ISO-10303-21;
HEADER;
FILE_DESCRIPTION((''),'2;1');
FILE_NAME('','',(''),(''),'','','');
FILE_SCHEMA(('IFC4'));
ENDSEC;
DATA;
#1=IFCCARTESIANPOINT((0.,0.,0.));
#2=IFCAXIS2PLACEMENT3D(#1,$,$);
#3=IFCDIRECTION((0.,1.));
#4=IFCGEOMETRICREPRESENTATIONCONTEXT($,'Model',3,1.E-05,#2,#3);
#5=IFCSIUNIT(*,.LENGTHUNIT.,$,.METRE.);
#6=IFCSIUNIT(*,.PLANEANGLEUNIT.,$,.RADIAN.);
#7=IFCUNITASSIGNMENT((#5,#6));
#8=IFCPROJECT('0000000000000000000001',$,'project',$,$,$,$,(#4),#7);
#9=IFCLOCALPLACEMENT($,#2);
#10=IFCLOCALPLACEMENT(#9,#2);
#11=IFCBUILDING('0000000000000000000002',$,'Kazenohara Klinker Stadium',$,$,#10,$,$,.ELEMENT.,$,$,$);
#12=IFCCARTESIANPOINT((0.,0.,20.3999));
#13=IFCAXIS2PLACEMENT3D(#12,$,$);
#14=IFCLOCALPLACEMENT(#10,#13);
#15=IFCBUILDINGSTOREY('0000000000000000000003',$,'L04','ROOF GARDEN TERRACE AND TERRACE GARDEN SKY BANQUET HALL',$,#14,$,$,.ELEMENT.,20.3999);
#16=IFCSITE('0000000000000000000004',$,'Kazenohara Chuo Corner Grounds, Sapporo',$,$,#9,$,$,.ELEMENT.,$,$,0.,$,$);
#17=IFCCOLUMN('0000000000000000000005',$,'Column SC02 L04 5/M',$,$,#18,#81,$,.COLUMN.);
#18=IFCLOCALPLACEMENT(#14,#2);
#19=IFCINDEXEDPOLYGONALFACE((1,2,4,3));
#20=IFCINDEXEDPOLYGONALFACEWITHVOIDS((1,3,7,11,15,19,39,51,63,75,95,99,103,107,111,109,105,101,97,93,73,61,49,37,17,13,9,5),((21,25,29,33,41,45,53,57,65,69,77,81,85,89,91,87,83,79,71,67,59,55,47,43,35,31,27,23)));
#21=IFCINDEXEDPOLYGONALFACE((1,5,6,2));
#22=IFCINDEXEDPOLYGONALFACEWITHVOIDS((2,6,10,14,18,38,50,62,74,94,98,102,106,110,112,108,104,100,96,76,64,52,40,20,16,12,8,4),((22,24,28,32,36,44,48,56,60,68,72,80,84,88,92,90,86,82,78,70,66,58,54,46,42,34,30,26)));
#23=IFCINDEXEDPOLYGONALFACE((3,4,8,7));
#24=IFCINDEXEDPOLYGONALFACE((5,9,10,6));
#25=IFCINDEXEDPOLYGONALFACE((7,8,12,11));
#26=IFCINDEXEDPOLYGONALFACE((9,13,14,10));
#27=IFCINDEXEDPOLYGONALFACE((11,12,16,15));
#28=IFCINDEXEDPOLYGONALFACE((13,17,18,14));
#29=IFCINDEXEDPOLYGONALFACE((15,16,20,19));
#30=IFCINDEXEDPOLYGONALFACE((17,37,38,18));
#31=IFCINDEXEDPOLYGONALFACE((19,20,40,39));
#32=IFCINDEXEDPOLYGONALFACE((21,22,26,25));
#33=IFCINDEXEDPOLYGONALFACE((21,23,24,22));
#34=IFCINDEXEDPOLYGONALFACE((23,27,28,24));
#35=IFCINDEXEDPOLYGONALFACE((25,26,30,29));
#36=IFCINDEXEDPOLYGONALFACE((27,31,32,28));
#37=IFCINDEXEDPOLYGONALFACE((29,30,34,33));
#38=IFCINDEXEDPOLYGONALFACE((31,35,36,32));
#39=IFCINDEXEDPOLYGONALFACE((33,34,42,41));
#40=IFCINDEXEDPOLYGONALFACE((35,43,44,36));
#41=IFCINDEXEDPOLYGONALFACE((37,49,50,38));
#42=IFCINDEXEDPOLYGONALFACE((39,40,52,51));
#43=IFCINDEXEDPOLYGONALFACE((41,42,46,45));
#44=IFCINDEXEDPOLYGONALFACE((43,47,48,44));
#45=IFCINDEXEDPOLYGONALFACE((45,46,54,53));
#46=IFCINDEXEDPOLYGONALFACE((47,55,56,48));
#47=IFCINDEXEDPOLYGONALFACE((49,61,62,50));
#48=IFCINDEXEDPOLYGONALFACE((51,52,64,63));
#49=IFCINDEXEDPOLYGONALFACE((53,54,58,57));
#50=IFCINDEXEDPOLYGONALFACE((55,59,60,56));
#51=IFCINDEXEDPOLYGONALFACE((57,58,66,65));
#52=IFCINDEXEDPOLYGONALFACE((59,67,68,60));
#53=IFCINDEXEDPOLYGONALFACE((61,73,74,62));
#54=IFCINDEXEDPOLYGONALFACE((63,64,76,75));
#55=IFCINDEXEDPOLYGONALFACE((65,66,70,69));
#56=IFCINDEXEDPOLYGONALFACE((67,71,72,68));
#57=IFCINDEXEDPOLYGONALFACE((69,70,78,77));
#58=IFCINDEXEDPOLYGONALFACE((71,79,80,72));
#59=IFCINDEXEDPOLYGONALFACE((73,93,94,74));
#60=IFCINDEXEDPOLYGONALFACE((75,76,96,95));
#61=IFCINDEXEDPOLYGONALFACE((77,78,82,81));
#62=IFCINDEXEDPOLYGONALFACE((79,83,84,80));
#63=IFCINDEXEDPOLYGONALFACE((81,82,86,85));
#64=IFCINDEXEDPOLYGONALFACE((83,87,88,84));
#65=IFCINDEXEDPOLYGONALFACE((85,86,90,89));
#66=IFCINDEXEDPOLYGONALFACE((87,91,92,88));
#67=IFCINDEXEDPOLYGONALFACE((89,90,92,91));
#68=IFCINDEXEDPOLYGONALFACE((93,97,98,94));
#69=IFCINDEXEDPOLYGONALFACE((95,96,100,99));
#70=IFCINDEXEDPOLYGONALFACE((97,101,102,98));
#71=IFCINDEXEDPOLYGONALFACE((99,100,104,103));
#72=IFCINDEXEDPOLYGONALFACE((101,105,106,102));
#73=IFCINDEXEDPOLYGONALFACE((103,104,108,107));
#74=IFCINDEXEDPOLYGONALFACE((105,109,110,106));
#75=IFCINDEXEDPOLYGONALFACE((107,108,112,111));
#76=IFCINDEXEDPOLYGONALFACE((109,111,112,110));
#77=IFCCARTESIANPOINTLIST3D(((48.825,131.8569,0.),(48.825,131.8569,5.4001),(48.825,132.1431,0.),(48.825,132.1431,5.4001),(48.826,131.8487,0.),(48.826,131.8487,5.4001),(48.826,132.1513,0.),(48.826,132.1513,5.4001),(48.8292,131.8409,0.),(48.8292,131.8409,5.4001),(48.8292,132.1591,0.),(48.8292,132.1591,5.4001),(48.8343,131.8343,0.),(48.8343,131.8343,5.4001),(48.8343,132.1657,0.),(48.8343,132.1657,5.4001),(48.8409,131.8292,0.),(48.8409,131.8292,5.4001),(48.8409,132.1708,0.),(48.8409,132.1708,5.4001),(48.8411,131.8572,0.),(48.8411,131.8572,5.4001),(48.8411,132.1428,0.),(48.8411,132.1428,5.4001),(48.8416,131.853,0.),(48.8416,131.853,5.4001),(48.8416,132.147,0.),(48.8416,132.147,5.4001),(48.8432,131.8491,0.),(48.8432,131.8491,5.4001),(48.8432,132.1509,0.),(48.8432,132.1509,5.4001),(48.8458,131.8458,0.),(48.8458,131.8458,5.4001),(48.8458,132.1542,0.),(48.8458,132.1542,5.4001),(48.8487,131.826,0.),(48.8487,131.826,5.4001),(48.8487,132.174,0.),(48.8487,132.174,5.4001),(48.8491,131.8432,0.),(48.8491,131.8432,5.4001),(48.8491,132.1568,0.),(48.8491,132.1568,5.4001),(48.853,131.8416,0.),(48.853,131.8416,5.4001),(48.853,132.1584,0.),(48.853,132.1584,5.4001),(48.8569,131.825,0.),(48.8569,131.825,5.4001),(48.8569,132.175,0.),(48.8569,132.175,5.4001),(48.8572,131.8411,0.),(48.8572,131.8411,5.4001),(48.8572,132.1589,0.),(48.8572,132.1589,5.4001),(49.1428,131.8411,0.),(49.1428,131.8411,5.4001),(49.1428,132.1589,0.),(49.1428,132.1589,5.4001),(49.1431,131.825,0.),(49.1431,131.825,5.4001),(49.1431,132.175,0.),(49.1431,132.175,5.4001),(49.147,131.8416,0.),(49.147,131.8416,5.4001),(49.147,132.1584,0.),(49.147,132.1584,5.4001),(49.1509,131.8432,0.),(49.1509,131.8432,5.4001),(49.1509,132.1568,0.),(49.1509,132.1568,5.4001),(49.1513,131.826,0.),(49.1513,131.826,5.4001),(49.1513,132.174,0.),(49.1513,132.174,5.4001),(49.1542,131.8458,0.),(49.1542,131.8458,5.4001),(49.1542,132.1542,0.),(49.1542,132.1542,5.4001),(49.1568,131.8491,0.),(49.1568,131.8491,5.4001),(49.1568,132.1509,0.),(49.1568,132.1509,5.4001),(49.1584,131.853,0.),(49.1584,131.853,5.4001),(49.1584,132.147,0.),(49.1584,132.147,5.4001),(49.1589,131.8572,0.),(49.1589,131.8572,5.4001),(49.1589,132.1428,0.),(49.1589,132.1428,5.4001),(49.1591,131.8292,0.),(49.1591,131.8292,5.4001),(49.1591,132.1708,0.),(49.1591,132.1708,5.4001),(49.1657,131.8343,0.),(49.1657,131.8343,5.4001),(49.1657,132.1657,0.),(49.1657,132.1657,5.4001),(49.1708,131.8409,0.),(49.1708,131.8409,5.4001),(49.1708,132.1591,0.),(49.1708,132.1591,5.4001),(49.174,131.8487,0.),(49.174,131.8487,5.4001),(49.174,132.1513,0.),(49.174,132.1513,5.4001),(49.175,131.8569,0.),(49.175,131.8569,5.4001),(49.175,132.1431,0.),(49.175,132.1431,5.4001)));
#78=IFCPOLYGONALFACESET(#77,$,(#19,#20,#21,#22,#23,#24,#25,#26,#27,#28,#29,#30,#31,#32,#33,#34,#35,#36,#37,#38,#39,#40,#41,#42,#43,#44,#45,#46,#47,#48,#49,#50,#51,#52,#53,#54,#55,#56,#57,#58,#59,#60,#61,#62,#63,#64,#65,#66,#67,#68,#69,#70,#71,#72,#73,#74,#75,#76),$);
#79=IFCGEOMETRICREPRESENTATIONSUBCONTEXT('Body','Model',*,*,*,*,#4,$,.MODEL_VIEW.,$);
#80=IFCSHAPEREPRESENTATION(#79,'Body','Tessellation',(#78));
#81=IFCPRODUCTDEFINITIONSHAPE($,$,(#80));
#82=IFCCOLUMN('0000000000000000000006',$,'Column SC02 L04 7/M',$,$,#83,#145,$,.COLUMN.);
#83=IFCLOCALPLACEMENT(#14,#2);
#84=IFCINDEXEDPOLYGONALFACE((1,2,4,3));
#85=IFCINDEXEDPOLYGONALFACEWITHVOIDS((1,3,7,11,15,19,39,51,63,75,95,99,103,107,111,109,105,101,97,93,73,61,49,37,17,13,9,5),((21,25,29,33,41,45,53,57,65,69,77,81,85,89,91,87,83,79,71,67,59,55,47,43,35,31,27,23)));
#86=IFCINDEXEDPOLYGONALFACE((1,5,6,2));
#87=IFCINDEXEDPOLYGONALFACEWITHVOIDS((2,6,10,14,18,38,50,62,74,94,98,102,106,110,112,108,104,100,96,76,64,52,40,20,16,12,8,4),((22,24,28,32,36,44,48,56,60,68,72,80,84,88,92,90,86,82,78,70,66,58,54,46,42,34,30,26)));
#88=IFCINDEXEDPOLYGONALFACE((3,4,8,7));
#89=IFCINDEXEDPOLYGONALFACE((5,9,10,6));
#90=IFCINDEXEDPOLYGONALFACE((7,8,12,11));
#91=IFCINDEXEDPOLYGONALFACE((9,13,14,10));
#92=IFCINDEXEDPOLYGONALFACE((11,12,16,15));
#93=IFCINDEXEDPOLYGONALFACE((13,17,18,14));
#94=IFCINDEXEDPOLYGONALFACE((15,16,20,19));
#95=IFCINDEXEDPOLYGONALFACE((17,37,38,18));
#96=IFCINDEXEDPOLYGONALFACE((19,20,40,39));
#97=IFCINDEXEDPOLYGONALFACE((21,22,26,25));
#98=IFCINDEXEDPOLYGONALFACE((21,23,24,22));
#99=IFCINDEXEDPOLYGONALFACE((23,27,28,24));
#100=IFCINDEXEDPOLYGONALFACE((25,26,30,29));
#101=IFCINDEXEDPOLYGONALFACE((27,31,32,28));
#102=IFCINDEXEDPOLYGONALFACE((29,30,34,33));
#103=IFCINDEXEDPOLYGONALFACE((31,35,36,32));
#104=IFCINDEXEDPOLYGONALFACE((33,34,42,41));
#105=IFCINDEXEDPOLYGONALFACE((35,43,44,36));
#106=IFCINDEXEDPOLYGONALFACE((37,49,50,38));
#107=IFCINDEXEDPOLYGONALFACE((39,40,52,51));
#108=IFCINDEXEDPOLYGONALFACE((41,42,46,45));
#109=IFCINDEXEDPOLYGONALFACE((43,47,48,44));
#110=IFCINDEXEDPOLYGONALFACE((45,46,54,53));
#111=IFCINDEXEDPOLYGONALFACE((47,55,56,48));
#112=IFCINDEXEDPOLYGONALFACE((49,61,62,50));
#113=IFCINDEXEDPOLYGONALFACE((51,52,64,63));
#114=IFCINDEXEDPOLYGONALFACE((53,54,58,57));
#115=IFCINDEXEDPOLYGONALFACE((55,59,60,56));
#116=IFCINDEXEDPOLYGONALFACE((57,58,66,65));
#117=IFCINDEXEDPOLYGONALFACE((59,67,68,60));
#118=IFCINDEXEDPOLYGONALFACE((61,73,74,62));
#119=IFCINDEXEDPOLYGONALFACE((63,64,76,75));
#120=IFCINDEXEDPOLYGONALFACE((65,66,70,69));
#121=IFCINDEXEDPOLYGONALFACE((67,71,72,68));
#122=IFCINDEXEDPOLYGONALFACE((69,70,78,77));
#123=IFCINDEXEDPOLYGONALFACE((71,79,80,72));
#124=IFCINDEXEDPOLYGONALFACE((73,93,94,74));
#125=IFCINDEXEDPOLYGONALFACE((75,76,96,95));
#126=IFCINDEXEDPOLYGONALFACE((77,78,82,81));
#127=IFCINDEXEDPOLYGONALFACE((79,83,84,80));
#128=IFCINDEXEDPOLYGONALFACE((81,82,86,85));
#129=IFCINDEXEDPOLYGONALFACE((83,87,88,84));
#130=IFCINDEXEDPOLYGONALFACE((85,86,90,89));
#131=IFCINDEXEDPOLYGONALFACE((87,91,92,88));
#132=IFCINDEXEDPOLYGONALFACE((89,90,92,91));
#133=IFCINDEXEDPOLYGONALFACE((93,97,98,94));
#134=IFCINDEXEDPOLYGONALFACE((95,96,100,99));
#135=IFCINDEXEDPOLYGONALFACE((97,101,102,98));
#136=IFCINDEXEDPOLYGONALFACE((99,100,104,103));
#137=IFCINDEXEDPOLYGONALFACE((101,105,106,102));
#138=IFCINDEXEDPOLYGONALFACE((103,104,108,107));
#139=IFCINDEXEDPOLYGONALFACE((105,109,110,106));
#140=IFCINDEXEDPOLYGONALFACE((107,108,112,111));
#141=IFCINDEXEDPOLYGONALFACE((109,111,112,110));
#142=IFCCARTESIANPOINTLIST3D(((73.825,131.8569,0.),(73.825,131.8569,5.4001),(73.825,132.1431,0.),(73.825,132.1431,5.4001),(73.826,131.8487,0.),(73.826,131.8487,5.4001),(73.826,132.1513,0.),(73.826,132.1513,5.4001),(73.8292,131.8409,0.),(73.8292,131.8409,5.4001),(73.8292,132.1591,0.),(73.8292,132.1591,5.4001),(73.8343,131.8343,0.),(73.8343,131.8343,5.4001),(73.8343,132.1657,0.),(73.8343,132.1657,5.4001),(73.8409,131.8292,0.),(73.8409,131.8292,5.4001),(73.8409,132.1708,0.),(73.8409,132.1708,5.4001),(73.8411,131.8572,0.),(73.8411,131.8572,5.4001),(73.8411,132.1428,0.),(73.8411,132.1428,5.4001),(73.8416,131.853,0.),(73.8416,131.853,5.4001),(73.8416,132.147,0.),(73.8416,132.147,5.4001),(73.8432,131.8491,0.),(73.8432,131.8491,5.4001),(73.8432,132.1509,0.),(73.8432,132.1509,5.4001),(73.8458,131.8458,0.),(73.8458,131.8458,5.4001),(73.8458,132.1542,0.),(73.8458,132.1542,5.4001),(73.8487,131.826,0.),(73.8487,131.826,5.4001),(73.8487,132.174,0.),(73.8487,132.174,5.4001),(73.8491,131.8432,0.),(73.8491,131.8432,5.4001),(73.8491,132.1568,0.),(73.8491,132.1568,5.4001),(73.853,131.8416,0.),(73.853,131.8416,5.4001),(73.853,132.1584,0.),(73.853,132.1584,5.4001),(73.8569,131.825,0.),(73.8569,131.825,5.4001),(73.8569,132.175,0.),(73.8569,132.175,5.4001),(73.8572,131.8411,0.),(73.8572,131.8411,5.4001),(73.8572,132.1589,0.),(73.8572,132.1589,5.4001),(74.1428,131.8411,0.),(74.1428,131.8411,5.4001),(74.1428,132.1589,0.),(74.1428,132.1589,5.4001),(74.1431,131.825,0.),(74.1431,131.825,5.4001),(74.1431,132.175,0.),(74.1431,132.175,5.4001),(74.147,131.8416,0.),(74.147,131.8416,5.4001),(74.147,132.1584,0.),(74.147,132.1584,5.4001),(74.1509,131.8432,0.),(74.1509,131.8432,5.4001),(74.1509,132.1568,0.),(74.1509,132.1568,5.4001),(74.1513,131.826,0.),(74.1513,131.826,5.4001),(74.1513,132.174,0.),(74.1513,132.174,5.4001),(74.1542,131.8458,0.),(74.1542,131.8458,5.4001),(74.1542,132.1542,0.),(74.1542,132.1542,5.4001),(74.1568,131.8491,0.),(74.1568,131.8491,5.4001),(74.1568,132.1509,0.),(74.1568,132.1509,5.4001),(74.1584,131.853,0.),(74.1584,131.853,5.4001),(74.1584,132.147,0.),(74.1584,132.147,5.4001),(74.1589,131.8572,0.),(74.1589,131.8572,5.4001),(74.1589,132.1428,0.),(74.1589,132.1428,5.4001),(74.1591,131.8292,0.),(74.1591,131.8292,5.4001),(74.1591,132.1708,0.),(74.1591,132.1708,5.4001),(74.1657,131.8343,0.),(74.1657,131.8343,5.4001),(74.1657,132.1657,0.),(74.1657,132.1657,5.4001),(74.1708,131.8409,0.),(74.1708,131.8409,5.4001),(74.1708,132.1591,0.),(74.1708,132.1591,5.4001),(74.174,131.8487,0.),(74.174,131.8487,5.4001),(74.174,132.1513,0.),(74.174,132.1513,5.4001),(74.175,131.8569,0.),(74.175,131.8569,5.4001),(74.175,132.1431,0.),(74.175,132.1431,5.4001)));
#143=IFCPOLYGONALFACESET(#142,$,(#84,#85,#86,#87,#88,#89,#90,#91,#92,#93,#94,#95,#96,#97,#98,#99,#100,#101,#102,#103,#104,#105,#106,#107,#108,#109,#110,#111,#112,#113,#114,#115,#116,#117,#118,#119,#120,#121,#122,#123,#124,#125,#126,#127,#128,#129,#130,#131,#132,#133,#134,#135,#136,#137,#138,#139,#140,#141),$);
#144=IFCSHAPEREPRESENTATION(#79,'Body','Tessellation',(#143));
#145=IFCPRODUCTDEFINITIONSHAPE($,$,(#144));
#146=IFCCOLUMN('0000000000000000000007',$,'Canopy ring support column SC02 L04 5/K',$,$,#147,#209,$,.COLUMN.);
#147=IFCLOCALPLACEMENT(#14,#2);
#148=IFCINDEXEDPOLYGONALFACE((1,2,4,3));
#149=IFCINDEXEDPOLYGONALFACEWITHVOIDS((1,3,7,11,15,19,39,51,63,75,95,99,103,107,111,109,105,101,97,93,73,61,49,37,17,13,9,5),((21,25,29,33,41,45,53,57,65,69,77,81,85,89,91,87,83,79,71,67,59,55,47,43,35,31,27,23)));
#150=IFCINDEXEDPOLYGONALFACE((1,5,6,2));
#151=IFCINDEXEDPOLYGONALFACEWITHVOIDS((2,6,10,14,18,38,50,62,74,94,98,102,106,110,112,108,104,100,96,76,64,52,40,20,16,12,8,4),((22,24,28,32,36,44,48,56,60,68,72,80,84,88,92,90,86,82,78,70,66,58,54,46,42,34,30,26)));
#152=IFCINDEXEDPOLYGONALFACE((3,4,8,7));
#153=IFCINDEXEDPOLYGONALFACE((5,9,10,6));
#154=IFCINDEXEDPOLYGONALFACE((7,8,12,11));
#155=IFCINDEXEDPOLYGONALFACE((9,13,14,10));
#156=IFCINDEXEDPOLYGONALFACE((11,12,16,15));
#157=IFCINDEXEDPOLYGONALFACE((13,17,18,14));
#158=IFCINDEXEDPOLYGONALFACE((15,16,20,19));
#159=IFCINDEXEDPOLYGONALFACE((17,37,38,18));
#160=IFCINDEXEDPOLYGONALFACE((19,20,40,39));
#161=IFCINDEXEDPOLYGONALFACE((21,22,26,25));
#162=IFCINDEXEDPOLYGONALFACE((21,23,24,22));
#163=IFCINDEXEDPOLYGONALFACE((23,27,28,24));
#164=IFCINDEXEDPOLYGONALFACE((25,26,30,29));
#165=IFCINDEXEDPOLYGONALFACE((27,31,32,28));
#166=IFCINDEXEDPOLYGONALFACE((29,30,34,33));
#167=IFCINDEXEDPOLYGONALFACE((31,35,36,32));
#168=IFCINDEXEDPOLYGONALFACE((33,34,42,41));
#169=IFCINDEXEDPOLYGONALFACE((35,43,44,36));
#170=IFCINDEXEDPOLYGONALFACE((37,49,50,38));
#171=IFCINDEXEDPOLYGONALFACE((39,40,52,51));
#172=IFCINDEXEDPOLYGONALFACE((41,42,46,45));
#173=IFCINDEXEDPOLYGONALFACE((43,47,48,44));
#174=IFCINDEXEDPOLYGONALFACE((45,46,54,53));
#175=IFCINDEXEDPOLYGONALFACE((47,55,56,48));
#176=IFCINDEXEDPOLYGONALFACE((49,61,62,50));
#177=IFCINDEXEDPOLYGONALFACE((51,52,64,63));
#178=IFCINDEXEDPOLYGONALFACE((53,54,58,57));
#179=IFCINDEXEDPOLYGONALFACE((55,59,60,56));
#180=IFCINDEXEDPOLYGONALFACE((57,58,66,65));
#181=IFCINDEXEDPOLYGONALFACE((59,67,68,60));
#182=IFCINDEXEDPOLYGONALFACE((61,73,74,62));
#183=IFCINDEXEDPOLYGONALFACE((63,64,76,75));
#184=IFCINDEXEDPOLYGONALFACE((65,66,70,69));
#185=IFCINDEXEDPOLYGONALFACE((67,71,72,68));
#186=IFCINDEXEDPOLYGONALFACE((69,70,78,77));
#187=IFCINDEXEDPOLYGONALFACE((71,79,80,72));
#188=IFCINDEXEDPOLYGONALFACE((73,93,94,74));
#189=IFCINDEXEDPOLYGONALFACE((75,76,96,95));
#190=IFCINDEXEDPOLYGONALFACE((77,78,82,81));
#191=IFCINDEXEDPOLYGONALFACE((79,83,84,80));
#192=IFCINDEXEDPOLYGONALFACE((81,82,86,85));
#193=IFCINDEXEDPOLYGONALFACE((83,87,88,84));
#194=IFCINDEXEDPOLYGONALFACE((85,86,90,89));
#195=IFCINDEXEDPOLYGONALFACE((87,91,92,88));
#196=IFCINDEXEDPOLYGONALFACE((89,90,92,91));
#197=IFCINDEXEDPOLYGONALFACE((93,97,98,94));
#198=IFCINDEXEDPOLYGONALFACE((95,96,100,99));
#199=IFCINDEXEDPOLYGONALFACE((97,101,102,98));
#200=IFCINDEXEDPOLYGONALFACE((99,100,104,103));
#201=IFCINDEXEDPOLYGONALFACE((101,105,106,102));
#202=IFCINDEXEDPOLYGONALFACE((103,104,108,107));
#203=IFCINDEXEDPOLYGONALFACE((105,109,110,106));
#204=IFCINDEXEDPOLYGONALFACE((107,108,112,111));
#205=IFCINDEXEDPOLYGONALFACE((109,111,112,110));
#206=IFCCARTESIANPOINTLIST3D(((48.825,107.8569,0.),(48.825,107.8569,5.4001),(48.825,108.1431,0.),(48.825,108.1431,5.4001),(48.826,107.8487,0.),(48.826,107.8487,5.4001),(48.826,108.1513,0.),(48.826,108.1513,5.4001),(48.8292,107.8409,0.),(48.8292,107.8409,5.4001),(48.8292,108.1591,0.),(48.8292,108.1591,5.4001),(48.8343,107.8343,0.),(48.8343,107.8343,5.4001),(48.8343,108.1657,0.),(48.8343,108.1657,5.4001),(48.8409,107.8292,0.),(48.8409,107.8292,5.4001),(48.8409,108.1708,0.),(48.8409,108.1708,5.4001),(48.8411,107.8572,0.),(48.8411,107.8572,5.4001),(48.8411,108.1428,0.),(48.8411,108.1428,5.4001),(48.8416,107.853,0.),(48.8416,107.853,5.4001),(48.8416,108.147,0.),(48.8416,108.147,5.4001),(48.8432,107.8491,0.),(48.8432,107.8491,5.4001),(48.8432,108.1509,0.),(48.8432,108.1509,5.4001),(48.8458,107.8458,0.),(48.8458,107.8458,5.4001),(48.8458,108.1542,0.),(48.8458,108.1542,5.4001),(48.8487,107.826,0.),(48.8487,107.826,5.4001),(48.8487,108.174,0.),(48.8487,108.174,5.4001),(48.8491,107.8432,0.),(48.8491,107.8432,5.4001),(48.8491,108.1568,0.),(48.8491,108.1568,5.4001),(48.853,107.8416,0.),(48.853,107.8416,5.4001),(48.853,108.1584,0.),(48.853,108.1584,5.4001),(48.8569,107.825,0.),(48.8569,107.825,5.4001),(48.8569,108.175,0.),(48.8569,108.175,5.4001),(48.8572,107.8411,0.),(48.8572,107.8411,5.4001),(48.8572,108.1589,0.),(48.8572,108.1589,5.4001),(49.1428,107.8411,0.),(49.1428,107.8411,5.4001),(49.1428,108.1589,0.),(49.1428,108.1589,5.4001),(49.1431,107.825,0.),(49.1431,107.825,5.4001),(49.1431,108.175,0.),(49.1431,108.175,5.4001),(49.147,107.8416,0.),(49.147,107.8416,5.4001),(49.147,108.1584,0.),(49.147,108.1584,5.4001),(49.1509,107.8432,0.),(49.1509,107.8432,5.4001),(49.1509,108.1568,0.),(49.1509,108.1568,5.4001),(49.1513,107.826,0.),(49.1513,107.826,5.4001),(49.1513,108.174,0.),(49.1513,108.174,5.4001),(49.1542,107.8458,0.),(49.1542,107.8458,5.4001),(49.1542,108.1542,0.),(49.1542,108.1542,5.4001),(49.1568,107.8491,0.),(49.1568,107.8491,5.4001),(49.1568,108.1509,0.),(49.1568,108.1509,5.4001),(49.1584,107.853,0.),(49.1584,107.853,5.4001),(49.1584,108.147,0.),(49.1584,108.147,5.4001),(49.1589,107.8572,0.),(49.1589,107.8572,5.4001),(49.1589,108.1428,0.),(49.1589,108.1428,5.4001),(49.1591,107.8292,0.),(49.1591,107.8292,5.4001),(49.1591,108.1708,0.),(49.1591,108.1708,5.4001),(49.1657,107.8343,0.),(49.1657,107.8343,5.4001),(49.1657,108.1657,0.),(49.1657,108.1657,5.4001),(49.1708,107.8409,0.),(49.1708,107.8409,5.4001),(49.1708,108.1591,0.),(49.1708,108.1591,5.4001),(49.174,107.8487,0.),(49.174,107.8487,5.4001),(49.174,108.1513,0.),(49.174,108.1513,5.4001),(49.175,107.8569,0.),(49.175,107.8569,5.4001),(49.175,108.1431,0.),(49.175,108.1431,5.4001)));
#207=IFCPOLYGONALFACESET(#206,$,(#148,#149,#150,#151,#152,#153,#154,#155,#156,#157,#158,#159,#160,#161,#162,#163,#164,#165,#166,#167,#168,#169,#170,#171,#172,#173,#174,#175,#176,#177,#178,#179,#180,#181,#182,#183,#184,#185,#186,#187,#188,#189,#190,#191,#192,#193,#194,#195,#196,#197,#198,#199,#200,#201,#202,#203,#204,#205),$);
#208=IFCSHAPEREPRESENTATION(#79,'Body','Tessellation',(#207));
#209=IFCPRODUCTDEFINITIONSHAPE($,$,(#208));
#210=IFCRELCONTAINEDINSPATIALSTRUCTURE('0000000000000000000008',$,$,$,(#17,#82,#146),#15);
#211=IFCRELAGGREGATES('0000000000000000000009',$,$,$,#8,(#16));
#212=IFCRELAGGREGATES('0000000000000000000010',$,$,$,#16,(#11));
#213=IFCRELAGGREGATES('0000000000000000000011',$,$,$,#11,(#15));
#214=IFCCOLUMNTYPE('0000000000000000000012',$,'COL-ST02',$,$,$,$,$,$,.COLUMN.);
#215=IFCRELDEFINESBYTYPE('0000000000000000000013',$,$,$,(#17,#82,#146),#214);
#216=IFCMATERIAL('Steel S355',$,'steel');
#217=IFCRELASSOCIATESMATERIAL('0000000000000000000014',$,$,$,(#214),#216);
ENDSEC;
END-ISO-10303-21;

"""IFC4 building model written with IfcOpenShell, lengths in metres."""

from ifc_helpers import new_model, si_unit, direction, frame, origin, origin_2d, place, context, subcontext, project, spatial, hollow_rectangle, extrude, material, material_profile, profile_set, type_object, element, save


model = new_model("IFC4")

# Units and contexts
model_context = context("Model", 3, precision=1e-05, world=origin(), true_north=direction((0.0, 1.0)))
body_context = subcontext(model_context, "Body", "Model", "MODEL_VIEW")
ifc_project = project(units=[si_unit("LENGTHUNIT", "METRE"), si_unit("PLANEANGLEUNIT", "RADIAN")], contexts=[model_context])

# Site, building, storey
site_placement = place(None, origin())
site = spatial("IfcSite", under=ifc_project, at=site_placement, Name="Kazenohara Chuo Corner Grounds, Sapporo", CompositionType="ELEMENT", RefElevation=0.0)
building_placement = place(site_placement, origin())
building = spatial("IfcBuilding", under=site, at=building_placement, Name="Kazenohara Klinker Stadium", CompositionType="ELEMENT")
storey_placement = place(building_placement, frame((0.0, 0.0, 20.3999)))
storey = spatial("IfcBuildingStorey", under=building, at=storey_placement, Name="L04", Description="ROOF GARDEN TERRACE AND TERRACE GARDEN SKY BANQUET HALL", CompositionType="ELEMENT", Elevation=20.3999)

# Columns
ifc_material_1 = material(Name="Steel S355", Category="steel")
ifc_material_profile_1 = material_profile(ifc_material_1, hollow_rectangle(XDim=0.3501, YDim=0.3501, WallThickness=0.0161, InnerFilletRadius=0.0161, OuterFilletRadius=0.032, at=origin_2d()), Name="SHS-350x350x16")
ifc_profile_set_1 = profile_set([ifc_material_profile_1], Name="Steel S355")
column_type_1 = type_object("IfcColumnType", Name="COL-ST02", PredefinedType="COLUMN", material=ifc_profile_set_1)
for number, where, z_axis, x_axis, name in (
    (1, (49.0, 132.0, 0.0), (0.0, 0.0, 1.0), (1.0, 0.0, 0.0), "Column SC02 L04 5/M"),
    (2, (74.0, 132.0, 0.0), (0.0, 0.0, 1.0), (1.0, 0.0, 0.0), "Column SC02 L04 7/M"),
    (3, (49.0, 108.0, 0.0), (0.0, 0.0, 1.0), (1.0, 0.0, 0.0), "Canopy ring support column SC02 L04 5/K"),
):
    element("IfcColumn", number, at=place(storey_placement, frame(where, z_axis=z_axis, x_axis=x_axis)), inside=storey, type_object=column_type_1, Name=name, PredefinedType="COLUMN", context=body_context, shape_type="SweptSolid", body=[
        extrude(hollow_rectangle(XDim=0.3501, YDim=0.3501, WallThickness=0.0161, InnerFilletRadius=0.0161, OuterFilletRadius=0.032, at=origin_2d()), origin(), (0.0, 0.0, 1.0), 5.4001),
    ])

save(model, "model.ifc")
